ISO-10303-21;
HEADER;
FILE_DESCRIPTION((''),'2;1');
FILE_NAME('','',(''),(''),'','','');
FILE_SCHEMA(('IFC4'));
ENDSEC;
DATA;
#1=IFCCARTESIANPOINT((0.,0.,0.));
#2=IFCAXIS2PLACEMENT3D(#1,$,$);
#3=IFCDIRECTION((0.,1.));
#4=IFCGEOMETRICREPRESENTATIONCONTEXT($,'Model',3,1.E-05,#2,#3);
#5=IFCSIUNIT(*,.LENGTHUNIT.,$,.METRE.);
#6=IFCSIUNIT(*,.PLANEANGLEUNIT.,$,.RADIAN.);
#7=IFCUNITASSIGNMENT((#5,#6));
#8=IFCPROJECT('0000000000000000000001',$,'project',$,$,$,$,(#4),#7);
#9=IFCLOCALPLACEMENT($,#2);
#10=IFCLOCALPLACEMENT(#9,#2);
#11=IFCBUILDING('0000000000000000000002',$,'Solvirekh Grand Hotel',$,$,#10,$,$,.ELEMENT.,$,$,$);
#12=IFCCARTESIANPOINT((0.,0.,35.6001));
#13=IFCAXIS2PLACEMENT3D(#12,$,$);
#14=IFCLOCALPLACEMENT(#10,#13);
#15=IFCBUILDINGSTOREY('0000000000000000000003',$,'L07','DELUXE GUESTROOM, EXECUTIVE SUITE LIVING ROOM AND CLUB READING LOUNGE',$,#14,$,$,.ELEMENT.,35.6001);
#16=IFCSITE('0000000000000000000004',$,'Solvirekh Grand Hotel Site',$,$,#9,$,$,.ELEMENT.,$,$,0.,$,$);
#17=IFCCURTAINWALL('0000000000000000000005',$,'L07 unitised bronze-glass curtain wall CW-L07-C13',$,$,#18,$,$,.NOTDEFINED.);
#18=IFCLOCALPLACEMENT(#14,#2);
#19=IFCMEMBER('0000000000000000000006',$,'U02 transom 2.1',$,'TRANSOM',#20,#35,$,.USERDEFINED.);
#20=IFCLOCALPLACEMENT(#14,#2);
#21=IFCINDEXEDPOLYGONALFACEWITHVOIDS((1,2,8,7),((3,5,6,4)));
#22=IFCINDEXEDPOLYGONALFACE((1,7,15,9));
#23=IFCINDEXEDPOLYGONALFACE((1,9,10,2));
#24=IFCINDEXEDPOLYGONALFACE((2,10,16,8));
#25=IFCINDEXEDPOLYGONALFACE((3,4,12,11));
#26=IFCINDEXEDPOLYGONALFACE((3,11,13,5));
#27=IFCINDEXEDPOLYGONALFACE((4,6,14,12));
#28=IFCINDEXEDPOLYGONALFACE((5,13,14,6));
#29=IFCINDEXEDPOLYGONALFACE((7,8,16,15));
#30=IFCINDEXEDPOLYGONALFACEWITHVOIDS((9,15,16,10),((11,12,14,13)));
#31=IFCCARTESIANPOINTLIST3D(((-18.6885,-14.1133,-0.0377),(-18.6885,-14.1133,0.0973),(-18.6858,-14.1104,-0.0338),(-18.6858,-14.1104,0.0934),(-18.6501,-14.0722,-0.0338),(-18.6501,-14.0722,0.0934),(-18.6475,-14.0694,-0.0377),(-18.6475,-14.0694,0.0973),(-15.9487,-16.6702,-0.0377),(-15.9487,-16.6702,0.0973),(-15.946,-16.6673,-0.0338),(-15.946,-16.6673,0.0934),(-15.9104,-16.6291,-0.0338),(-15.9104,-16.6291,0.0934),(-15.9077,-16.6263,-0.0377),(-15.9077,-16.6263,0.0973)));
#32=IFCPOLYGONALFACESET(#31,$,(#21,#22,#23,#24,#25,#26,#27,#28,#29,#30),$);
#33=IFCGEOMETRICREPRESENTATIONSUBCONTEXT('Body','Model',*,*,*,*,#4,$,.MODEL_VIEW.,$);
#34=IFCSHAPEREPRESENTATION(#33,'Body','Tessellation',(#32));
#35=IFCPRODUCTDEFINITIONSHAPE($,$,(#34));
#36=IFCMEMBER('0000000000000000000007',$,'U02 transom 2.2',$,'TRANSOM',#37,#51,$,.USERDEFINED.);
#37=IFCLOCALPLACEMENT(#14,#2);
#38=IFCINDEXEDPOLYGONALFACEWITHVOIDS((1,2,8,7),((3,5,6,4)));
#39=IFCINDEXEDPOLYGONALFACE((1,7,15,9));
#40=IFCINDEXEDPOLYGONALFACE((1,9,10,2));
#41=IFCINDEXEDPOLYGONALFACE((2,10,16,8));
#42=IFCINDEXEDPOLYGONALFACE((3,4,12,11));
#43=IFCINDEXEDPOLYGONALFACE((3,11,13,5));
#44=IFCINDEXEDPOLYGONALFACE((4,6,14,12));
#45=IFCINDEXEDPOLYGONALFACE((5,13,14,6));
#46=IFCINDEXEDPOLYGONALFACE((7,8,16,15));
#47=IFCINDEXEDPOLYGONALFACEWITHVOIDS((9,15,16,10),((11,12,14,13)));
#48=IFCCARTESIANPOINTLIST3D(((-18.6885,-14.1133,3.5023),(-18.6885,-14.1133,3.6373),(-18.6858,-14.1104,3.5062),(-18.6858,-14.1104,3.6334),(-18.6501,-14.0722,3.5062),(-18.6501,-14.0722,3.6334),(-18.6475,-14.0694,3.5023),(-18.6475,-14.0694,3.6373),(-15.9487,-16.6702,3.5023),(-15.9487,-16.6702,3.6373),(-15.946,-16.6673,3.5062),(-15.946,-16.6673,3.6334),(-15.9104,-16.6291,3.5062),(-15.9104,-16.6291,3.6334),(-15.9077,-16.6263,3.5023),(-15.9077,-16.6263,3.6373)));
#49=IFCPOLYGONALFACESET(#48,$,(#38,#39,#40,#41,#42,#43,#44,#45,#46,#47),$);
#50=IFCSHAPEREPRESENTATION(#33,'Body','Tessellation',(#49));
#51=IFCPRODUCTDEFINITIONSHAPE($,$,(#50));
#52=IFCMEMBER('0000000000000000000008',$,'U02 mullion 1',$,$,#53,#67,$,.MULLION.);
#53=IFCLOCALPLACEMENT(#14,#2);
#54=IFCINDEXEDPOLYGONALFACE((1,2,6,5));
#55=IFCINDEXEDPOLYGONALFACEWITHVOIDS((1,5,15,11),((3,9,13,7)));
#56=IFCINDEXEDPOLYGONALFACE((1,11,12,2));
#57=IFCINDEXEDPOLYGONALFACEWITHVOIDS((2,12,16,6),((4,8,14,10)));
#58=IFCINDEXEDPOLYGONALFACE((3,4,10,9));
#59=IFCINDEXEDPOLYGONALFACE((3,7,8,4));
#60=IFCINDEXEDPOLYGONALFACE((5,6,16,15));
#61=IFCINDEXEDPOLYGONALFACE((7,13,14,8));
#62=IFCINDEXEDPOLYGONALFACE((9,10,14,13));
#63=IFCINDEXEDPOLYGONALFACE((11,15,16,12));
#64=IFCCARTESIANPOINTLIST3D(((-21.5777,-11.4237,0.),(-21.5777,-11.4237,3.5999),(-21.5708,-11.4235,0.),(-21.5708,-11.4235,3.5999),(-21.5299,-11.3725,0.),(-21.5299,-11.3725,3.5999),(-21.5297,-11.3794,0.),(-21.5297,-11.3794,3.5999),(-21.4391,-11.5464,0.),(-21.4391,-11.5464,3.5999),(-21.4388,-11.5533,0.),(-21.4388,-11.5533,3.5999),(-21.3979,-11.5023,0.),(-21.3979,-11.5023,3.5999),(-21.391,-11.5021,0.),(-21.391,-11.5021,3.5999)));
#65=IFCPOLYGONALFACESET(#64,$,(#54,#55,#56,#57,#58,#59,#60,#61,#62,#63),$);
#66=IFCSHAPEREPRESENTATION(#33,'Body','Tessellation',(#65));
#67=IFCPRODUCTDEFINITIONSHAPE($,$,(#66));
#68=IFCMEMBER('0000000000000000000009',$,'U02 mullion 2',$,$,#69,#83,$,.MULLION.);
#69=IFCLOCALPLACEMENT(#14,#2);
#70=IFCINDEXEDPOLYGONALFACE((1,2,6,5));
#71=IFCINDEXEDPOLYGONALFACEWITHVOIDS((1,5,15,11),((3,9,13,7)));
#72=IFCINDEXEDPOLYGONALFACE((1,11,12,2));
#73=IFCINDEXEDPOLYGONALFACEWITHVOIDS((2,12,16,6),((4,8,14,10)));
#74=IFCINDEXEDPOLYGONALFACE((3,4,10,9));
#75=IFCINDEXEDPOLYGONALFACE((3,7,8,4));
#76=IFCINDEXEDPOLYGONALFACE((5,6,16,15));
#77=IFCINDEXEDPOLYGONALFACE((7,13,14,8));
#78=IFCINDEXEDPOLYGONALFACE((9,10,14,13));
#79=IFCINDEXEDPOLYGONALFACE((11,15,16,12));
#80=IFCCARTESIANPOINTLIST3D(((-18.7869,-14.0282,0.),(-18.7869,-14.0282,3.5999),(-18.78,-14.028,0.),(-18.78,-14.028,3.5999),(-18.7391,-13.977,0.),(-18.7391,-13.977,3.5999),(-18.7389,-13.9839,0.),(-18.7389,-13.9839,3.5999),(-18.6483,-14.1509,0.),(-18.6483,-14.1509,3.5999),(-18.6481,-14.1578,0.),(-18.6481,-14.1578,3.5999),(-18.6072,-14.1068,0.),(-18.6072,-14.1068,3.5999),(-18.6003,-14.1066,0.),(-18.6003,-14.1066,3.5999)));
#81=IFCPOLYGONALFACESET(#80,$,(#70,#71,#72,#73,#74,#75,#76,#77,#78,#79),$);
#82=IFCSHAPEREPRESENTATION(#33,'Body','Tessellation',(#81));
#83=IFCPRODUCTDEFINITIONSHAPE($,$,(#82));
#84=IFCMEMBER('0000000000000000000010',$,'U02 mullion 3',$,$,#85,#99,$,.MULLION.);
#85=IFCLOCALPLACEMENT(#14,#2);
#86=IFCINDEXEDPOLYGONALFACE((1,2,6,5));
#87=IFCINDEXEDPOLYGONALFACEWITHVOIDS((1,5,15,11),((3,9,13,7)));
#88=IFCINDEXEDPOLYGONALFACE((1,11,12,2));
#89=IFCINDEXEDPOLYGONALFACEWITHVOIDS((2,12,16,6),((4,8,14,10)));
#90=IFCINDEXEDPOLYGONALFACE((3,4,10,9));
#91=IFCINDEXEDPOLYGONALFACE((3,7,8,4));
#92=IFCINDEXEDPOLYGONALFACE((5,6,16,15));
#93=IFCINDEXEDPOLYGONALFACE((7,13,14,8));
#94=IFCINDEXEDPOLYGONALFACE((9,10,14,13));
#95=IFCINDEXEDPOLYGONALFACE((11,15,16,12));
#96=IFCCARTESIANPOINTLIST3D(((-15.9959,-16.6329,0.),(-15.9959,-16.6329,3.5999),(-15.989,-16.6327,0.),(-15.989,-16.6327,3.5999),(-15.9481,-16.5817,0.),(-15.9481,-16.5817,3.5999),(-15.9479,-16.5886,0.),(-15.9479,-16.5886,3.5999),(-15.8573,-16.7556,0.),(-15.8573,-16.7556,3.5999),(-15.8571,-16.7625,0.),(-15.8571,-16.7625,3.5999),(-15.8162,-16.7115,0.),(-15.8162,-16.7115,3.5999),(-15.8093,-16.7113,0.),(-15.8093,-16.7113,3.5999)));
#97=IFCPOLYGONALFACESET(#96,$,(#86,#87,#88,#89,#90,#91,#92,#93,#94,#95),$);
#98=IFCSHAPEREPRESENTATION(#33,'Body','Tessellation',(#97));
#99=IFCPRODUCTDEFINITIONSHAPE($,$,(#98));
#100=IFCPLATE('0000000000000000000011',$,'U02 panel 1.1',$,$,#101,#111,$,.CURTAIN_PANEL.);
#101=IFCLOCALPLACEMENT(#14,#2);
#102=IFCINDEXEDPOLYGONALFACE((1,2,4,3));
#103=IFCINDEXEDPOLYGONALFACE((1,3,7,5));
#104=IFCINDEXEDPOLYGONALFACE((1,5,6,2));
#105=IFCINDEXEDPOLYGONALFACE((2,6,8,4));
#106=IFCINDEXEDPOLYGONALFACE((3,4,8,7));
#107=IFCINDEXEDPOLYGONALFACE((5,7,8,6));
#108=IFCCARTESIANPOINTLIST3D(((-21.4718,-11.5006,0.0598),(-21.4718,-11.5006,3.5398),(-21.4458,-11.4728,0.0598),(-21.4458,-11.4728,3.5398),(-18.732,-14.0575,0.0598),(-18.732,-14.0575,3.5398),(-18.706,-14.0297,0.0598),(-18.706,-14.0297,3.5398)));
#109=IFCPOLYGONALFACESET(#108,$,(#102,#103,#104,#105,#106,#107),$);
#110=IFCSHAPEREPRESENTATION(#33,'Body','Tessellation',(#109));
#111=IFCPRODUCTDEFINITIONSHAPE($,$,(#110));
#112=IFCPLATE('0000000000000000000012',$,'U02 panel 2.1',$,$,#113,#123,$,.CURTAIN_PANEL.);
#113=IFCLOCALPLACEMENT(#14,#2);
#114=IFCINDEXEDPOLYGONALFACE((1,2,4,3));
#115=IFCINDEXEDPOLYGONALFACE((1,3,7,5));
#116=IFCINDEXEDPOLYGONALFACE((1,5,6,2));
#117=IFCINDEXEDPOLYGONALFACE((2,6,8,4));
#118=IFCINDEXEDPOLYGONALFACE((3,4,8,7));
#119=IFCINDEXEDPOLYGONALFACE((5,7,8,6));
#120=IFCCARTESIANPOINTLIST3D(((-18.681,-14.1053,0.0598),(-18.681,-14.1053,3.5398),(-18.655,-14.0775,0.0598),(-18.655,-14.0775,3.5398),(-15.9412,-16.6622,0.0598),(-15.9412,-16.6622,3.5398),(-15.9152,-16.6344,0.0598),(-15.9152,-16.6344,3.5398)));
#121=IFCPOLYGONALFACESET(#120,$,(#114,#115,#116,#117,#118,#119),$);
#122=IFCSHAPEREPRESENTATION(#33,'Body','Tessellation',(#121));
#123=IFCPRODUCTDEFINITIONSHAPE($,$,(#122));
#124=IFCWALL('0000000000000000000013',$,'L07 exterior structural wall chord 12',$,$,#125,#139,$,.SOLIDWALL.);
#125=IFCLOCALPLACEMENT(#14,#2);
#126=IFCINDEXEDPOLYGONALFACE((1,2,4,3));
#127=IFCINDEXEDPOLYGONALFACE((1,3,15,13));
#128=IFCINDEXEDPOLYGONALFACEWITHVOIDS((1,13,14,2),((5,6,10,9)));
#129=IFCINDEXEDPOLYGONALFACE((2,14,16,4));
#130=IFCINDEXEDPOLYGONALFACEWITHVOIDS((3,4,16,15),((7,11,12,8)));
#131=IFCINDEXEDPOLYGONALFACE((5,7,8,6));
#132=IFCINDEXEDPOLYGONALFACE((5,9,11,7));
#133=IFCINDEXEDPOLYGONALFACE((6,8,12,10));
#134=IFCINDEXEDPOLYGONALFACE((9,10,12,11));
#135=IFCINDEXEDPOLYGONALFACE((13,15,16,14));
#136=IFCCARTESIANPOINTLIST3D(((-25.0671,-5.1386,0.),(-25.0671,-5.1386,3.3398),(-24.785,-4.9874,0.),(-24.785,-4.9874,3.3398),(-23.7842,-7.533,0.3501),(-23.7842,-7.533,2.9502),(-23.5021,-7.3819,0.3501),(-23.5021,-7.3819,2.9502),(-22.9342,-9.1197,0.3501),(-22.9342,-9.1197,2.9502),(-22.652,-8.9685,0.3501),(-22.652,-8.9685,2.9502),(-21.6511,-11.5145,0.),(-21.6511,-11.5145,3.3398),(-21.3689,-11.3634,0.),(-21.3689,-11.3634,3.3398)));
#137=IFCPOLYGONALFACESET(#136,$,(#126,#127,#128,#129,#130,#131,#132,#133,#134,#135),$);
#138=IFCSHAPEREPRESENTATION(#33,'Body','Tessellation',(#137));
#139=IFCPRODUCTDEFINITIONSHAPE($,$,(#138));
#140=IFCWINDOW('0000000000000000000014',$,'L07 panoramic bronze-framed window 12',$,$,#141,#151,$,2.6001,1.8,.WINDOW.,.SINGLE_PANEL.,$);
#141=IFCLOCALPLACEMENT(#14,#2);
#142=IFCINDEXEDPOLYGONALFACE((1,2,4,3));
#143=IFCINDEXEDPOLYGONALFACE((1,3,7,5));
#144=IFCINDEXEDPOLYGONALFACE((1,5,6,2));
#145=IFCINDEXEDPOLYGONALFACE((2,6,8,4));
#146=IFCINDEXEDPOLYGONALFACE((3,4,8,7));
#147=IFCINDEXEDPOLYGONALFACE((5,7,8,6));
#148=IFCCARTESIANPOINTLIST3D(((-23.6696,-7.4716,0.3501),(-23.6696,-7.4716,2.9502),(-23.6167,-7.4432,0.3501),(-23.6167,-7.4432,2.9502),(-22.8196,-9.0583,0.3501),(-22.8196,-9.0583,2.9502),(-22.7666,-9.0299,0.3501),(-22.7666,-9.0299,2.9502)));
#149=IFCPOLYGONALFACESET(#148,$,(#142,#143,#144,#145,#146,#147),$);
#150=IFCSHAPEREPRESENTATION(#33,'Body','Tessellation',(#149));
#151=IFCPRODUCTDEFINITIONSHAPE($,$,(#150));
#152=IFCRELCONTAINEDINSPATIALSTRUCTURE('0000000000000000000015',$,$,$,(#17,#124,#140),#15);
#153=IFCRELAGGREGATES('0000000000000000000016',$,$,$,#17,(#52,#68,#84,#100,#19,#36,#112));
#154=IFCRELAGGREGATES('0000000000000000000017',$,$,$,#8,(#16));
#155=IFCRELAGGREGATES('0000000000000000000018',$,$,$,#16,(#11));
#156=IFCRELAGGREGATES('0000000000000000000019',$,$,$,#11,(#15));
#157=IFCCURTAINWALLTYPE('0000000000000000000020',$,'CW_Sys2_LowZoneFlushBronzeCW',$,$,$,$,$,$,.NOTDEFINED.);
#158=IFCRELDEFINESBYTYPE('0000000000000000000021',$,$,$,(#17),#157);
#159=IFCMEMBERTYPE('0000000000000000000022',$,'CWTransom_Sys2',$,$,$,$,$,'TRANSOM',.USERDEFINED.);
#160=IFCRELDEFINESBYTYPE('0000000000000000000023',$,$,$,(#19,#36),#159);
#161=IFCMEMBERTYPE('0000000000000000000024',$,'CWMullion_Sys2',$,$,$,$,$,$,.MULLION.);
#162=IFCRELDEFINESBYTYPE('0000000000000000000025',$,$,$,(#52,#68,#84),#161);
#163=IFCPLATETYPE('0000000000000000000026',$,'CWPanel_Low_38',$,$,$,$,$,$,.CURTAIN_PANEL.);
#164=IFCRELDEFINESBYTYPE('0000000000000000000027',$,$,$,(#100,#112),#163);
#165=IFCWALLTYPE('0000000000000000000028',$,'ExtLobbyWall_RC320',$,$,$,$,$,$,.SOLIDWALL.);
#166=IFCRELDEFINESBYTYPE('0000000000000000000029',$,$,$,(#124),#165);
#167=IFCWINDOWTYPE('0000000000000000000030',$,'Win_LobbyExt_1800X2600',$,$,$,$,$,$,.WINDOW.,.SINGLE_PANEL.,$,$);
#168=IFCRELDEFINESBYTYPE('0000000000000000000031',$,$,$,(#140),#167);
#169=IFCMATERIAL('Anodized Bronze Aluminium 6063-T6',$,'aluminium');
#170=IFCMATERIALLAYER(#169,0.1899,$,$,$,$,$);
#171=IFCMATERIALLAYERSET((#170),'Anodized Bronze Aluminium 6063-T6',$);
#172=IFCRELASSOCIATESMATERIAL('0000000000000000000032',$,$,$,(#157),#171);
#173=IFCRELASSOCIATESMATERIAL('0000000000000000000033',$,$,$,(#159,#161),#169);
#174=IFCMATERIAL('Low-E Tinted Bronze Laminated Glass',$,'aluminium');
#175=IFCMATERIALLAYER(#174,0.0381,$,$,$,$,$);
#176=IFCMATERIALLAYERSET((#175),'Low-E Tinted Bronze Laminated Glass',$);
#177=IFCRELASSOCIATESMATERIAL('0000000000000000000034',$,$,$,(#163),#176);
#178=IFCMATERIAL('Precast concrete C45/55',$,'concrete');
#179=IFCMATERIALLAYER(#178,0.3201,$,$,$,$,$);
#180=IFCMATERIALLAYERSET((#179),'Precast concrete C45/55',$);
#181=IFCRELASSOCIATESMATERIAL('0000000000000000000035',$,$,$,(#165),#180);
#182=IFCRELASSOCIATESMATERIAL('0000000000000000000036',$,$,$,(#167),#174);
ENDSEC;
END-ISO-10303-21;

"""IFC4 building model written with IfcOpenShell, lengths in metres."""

from ifc_helpers import new_model, si_unit, direction, frame, frame_2d, origin, origin_2d, place, context, subcontext, project, spatial, rectangle, hollow_rectangle, extrude, source, transform, mapped, material, layer, layer_set, material_profile, profile_set, type_object, element, fill, aggregate, save


model = new_model("IFC4")

# Units and contexts
model_context = context("Model", 3, precision=1e-05, world=origin(), true_north=direction((0.0, 1.0)))
body_context = subcontext(model_context, "Body", "Model", "MODEL_VIEW")
ifc_project = project(units=[si_unit("LENGTHUNIT", "METRE"), si_unit("PLANEANGLEUNIT", "RADIAN")], contexts=[model_context])

# Site, building, storey
site_placement = place(None, origin())
site = spatial("IfcSite", under=ifc_project, at=site_placement, Name="Solvirekh Grand Hotel Site", CompositionType="ELEMENT", RefElevation=0.0)
building_placement = place(site_placement, origin())
building = spatial("IfcBuilding", under=site, at=building_placement, Name="Solvirekh Grand Hotel", CompositionType="ELEMENT")
storey_placement = place(building_placement, frame((0.0, 0.0, 35.6001)))
storey = spatial("IfcBuildingStorey", under=building, at=storey_placement, Name="L07", Description="DELUXE GUESTROOM, EXECUTIVE SUITE LIVING ROOM AND CLUB READING LOUNGE", CompositionType="ELEMENT", Elevation=35.6001)

# Curtain wall, members, plates
ifc_material_1 = material(Name="Anodized Bronze Aluminium 6063-T6", Category="aluminium")
ifc_layer_1 = layer(ifc_material_1, 0.1899)
ifc_layer_set_1 = layer_set([ifc_layer_1], Name="Anodized Bronze Aluminium 6063-T6")
curtain_wall_type = type_object("IfcCurtainWallType", Name="CW_Sys2_LowZoneFlushBronzeCW", PredefinedType="NOTDEFINED", material=ifc_layer_set_1)
curtain_wall_placement = place(storey_placement, origin())
curtain_wall = element("IfcCurtainWall", 1, at=curtain_wall_placement, inside=storey, type_object=curtain_wall_type, Name="L07 unitised bronze-glass curtain wall CW-L07-C13", PredefinedType="NOTDEFINED")
ifc_material_profile_1 = material_profile(ifc_material_1, hollow_rectangle(XDim=0.0601, YDim=0.135, WallThickness=0.0039, at=origin_2d()), Name="ALU RHS 135X60X4")
ifc_profile_set_1 = profile_set([ifc_material_profile_1], Name="Anodized Bronze Aluminium 6063-T6")
member_type_1 = type_object("IfcMemberType", Name="CWTransom_Sys2", ElementType="TRANSOM", PredefinedType="USERDEFINED", material=ifc_profile_set_1)
shared_shape_1 = source(origin(), body_context, "Body", "SweptSolid", [
    extrude(hollow_rectangle(XDim=0.0601, YDim=0.135, WallThickness=0.0039, at=origin_2d()), origin(), (0.0, 0.0, 1.0), 3.7476),
])
member_1_placement = place(storey_placement, frame((-18.668, -14.0913, 0.0298), z_axis=(0.731083, -0.682288, 0.0), x_axis=(0.682288, 0.731083, 0.0)))
member_1 = element("IfcMember", 2, at=member_1_placement, type_object=member_type_1, Name="U02 transom 2.1", ObjectType="TRANSOM", PredefinedType="USERDEFINED", context=body_context, shape_type="MappedRepresentation", body=[
    mapped(shared_shape_1, transform((0.0, 0.0, 0.0), x_axis=(1.0, 0.0, 0.0), y_axis=(0.0, 1.0, 0.0), z_axis=(0.0, 0.0, 1.0), scale=1.0)),
])
member_2_placement = place(storey_placement, frame((-18.668, -14.0913, 3.5698), z_axis=(0.731083, -0.682288, 0.0), x_axis=(0.682288, 0.731083, 0.0)))
member_2 = element("IfcMember", 3, at=member_2_placement, type_object=member_type_1, Name="U02 transom 2.2", ObjectType="TRANSOM", PredefinedType="USERDEFINED", context=body_context, shape_type="MappedRepresentation", body=[
    mapped(shared_shape_1, transform((0.0, 0.0, 0.0), x_axis=(1.0, 0.0, 0.0), y_axis=(0.0, 1.0, 0.0), z_axis=(0.0, 0.0, 1.0), scale=1.0)),
])
ifc_material_profile_2 = material_profile(ifc_material_1, hollow_rectangle(XDim=0.0701, YDim=0.1899, WallThickness=0.0049, at=origin_2d()), Name="ALU RHS 190X70X5")
ifc_profile_set_2 = profile_set([ifc_material_profile_2], Name="Anodized Bronze Aluminium 6063-T6")
member_type_2 = type_object("IfcMemberType", Name="CWMullion_Sys2", PredefinedType="MULLION", material=ifc_profile_set_2)
shared_shape_2 = source(origin(), body_context, "Body", "SweptSolid", [
    extrude(hollow_rectangle(XDim=0.0701, YDim=0.1899, WallThickness=0.0049, at=origin_2d()), origin(), (0.0, 0.0, 1.0), 3.5999),
])
member_3_placement = place(storey_placement, frame((-21.4844, -11.4629, 0.0), z_axis=(0.0, 0.0, 1.0), x_axis=(0.682286, 0.731085, 0.0)))
member_3 = element("IfcMember", 4, at=member_3_placement, type_object=member_type_2, Name="U02 mullion 1", PredefinedType="MULLION", context=body_context, shape_type="MappedRepresentation", body=[
    mapped(shared_shape_2, transform((0.0, 0.0, 0.0), x_axis=(1.0, 0.0, 0.0), y_axis=(0.0, 1.0, 0.0), z_axis=(0.0, 0.0, 1.0), scale=1.0)),
])
member_4_placement = place(storey_placement, frame((-18.6936, -14.0674, 0.0), z_axis=(0.0, 0.0, 1.0), x_axis=(0.682286, 0.731085, 0.0)))
member_4 = element("IfcMember", 5, at=member_4_placement, type_object=member_type_2, Name="U02 mullion 2", PredefinedType="MULLION", context=body_context, shape_type="MappedRepresentation", body=[
    mapped(shared_shape_2, transform((0.0, 0.0, 0.0), x_axis=(1.0, 0.0, 0.0), y_axis=(0.0, 1.0, 0.0), z_axis=(0.0, 0.0, 1.0), scale=1.0)),
])
member_5_placement = place(storey_placement, frame((-15.9026, -16.6721, 0.0), z_axis=(0.0, 0.0, 1.0), x_axis=(0.682286, 0.731085, 0.0)))
member_5 = element("IfcMember", 6, at=member_5_placement, type_object=member_type_2, Name="U02 mullion 3", PredefinedType="MULLION", context=body_context, shape_type="MappedRepresentation", body=[
    mapped(shared_shape_2, transform((0.0, 0.0, 0.0), x_axis=(1.0, 0.0, 0.0), y_axis=(0.0, 1.0, 0.0), z_axis=(0.0, 0.0, 1.0), scale=1.0)),
])
ifc_material_2 = material(Name="Low-E Tinted Bronze Laminated Glass", Category="aluminium")
ifc_layer_2 = layer(ifc_material_2, 0.0381)
ifc_layer_set_2 = layer_set([ifc_layer_2], Name="Low-E Tinted Bronze Laminated Glass")
plate_type = type_object("IfcPlateType", Name="CWPanel_Low_38", PredefinedType="CURTAIN_PANEL", material=ifc_layer_set_2)
shared_shape_3 = source(origin(), body_context, "Body", "SweptSolid", [
    extrude(rectangle(XDim=3.7476, YDim=0.0381, at=origin_2d()), origin(), (0.0, 0.0, 1.0), 3.48),
])
plate_1_placement = place(storey_placement, frame((-20.0889, -12.7651, 0.0598), z_axis=(0.0, 0.0, 1.0), x_axis=(0.731085, -0.682286, 0.0)))
plate_1 = element("IfcPlate", 7, at=plate_1_placement, type_object=plate_type, Name="U02 panel 1.1", PredefinedType="CURTAIN_PANEL", context=body_context, shape_type="MappedRepresentation", body=[
    mapped(shared_shape_3, transform((0.0, 0.0, 0.0), x_axis=(1.0, 0.0, 0.0), y_axis=(0.0, 1.0, 0.0), z_axis=(0.0, 0.0, 1.0), scale=1.0)),
])
plate_2_placement = place(storey_placement, frame((-17.2981, -15.3699, 0.0598), z_axis=(0.0, 0.0, 1.0), x_axis=(0.731085, -0.682286, 0.0)))
plate_2 = element("IfcPlate", 8, at=plate_2_placement, type_object=plate_type, Name="U02 panel 2.1", PredefinedType="CURTAIN_PANEL", context=body_context, shape_type="MappedRepresentation", body=[
    mapped(shared_shape_3, transform((0.0, 0.0, 0.0), x_axis=(1.0, 0.0, 0.0), y_axis=(0.0, 1.0, 0.0), z_axis=(0.0, 0.0, 1.0), scale=1.0)),
])
aggregate(curtain_wall, [member_3, member_4, member_5, plate_1, member_1, member_2, plate_2])

# Wall, opening, window
ifc_material_3 = material(Name="Precast concrete C45/55", Category="concrete")
ifc_layer_3 = layer(ifc_material_3, 0.3201)
ifc_layer_set_3 = layer_set([ifc_layer_3], Name="Precast concrete C45/55")
wall_type_1 = type_object("IfcWallType", Name="ExtLobbyWall_RC320", PredefinedType="SOLIDWALL", material=ifc_layer_set_3)
wall_1_placement = place(storey_placement, frame((-21.51, -11.439, 0.0), z_axis=(0.0, 0.0, 1.0), x_axis=(-0.472255, 0.881462, 0.0)))
wall_1 = element("IfcWall", 9, at=wall_1_placement, inside=storey, type_object=wall_type_1, Name="L07 exterior structural wall chord 12", PredefinedType="SOLIDWALL", context=body_context, shape_type="SweptSolid", body=[
    extrude(rectangle(XDim=7.2334, YDim=0.3201, at=frame_2d((3.6167, 0.0))), origin(), (0.0, 0.0, 1.0), 3.3398),
])
opening_1_placement = place(wall_1_placement, frame((2.717, 0.0, 0.3501)))
opening_1 = element("IfcOpeningElement", 10, at=opening_1_placement, cuts=wall_1, PredefinedType="OPENING", context=body_context, shape_type="SweptSolid", body=[
    extrude(rectangle(XDim=1.8, YDim=2.6001, at=frame_2d((0.8999, 1.3))), frame((0.0, 0.1699, 0.0), z_axis=(0.0, -1.0, 0.0), x_axis=(1.0, 0.0, 0.0)), (0.0, 0.0, 1.0), 0.3401),
])
window_type = type_object("IfcWindowType", Name="Win_LobbyExt_1800X2600", PartitioningType="SINGLE_PANEL", PredefinedType="WINDOW", material=ifc_material_2)
window_1_placement = place(opening_1_placement, origin())
window_1 = element("IfcWindow", 11, at=window_1_placement, inside=storey, type_object=window_type, Name="L07 panoramic bronze-framed window 12", OverallHeight=2.6001, OverallWidth=1.8, PartitioningType="SINGLE_PANEL", PredefinedType="WINDOW", context=body_context, shape_type="SweptSolid", body=[
    extrude(rectangle(XDim=1.8, YDim=2.6001, at=frame_2d((0.8999, 1.3))), frame((0.0, 0.03, 0.0), z_axis=(0.0, -1.0, 0.0), x_axis=(1.0, 0.0, 0.0)), (0.0, 0.0, 1.0), 0.0601),
])
fill(opening_1, window_1)

save(model, "model.ifc")
